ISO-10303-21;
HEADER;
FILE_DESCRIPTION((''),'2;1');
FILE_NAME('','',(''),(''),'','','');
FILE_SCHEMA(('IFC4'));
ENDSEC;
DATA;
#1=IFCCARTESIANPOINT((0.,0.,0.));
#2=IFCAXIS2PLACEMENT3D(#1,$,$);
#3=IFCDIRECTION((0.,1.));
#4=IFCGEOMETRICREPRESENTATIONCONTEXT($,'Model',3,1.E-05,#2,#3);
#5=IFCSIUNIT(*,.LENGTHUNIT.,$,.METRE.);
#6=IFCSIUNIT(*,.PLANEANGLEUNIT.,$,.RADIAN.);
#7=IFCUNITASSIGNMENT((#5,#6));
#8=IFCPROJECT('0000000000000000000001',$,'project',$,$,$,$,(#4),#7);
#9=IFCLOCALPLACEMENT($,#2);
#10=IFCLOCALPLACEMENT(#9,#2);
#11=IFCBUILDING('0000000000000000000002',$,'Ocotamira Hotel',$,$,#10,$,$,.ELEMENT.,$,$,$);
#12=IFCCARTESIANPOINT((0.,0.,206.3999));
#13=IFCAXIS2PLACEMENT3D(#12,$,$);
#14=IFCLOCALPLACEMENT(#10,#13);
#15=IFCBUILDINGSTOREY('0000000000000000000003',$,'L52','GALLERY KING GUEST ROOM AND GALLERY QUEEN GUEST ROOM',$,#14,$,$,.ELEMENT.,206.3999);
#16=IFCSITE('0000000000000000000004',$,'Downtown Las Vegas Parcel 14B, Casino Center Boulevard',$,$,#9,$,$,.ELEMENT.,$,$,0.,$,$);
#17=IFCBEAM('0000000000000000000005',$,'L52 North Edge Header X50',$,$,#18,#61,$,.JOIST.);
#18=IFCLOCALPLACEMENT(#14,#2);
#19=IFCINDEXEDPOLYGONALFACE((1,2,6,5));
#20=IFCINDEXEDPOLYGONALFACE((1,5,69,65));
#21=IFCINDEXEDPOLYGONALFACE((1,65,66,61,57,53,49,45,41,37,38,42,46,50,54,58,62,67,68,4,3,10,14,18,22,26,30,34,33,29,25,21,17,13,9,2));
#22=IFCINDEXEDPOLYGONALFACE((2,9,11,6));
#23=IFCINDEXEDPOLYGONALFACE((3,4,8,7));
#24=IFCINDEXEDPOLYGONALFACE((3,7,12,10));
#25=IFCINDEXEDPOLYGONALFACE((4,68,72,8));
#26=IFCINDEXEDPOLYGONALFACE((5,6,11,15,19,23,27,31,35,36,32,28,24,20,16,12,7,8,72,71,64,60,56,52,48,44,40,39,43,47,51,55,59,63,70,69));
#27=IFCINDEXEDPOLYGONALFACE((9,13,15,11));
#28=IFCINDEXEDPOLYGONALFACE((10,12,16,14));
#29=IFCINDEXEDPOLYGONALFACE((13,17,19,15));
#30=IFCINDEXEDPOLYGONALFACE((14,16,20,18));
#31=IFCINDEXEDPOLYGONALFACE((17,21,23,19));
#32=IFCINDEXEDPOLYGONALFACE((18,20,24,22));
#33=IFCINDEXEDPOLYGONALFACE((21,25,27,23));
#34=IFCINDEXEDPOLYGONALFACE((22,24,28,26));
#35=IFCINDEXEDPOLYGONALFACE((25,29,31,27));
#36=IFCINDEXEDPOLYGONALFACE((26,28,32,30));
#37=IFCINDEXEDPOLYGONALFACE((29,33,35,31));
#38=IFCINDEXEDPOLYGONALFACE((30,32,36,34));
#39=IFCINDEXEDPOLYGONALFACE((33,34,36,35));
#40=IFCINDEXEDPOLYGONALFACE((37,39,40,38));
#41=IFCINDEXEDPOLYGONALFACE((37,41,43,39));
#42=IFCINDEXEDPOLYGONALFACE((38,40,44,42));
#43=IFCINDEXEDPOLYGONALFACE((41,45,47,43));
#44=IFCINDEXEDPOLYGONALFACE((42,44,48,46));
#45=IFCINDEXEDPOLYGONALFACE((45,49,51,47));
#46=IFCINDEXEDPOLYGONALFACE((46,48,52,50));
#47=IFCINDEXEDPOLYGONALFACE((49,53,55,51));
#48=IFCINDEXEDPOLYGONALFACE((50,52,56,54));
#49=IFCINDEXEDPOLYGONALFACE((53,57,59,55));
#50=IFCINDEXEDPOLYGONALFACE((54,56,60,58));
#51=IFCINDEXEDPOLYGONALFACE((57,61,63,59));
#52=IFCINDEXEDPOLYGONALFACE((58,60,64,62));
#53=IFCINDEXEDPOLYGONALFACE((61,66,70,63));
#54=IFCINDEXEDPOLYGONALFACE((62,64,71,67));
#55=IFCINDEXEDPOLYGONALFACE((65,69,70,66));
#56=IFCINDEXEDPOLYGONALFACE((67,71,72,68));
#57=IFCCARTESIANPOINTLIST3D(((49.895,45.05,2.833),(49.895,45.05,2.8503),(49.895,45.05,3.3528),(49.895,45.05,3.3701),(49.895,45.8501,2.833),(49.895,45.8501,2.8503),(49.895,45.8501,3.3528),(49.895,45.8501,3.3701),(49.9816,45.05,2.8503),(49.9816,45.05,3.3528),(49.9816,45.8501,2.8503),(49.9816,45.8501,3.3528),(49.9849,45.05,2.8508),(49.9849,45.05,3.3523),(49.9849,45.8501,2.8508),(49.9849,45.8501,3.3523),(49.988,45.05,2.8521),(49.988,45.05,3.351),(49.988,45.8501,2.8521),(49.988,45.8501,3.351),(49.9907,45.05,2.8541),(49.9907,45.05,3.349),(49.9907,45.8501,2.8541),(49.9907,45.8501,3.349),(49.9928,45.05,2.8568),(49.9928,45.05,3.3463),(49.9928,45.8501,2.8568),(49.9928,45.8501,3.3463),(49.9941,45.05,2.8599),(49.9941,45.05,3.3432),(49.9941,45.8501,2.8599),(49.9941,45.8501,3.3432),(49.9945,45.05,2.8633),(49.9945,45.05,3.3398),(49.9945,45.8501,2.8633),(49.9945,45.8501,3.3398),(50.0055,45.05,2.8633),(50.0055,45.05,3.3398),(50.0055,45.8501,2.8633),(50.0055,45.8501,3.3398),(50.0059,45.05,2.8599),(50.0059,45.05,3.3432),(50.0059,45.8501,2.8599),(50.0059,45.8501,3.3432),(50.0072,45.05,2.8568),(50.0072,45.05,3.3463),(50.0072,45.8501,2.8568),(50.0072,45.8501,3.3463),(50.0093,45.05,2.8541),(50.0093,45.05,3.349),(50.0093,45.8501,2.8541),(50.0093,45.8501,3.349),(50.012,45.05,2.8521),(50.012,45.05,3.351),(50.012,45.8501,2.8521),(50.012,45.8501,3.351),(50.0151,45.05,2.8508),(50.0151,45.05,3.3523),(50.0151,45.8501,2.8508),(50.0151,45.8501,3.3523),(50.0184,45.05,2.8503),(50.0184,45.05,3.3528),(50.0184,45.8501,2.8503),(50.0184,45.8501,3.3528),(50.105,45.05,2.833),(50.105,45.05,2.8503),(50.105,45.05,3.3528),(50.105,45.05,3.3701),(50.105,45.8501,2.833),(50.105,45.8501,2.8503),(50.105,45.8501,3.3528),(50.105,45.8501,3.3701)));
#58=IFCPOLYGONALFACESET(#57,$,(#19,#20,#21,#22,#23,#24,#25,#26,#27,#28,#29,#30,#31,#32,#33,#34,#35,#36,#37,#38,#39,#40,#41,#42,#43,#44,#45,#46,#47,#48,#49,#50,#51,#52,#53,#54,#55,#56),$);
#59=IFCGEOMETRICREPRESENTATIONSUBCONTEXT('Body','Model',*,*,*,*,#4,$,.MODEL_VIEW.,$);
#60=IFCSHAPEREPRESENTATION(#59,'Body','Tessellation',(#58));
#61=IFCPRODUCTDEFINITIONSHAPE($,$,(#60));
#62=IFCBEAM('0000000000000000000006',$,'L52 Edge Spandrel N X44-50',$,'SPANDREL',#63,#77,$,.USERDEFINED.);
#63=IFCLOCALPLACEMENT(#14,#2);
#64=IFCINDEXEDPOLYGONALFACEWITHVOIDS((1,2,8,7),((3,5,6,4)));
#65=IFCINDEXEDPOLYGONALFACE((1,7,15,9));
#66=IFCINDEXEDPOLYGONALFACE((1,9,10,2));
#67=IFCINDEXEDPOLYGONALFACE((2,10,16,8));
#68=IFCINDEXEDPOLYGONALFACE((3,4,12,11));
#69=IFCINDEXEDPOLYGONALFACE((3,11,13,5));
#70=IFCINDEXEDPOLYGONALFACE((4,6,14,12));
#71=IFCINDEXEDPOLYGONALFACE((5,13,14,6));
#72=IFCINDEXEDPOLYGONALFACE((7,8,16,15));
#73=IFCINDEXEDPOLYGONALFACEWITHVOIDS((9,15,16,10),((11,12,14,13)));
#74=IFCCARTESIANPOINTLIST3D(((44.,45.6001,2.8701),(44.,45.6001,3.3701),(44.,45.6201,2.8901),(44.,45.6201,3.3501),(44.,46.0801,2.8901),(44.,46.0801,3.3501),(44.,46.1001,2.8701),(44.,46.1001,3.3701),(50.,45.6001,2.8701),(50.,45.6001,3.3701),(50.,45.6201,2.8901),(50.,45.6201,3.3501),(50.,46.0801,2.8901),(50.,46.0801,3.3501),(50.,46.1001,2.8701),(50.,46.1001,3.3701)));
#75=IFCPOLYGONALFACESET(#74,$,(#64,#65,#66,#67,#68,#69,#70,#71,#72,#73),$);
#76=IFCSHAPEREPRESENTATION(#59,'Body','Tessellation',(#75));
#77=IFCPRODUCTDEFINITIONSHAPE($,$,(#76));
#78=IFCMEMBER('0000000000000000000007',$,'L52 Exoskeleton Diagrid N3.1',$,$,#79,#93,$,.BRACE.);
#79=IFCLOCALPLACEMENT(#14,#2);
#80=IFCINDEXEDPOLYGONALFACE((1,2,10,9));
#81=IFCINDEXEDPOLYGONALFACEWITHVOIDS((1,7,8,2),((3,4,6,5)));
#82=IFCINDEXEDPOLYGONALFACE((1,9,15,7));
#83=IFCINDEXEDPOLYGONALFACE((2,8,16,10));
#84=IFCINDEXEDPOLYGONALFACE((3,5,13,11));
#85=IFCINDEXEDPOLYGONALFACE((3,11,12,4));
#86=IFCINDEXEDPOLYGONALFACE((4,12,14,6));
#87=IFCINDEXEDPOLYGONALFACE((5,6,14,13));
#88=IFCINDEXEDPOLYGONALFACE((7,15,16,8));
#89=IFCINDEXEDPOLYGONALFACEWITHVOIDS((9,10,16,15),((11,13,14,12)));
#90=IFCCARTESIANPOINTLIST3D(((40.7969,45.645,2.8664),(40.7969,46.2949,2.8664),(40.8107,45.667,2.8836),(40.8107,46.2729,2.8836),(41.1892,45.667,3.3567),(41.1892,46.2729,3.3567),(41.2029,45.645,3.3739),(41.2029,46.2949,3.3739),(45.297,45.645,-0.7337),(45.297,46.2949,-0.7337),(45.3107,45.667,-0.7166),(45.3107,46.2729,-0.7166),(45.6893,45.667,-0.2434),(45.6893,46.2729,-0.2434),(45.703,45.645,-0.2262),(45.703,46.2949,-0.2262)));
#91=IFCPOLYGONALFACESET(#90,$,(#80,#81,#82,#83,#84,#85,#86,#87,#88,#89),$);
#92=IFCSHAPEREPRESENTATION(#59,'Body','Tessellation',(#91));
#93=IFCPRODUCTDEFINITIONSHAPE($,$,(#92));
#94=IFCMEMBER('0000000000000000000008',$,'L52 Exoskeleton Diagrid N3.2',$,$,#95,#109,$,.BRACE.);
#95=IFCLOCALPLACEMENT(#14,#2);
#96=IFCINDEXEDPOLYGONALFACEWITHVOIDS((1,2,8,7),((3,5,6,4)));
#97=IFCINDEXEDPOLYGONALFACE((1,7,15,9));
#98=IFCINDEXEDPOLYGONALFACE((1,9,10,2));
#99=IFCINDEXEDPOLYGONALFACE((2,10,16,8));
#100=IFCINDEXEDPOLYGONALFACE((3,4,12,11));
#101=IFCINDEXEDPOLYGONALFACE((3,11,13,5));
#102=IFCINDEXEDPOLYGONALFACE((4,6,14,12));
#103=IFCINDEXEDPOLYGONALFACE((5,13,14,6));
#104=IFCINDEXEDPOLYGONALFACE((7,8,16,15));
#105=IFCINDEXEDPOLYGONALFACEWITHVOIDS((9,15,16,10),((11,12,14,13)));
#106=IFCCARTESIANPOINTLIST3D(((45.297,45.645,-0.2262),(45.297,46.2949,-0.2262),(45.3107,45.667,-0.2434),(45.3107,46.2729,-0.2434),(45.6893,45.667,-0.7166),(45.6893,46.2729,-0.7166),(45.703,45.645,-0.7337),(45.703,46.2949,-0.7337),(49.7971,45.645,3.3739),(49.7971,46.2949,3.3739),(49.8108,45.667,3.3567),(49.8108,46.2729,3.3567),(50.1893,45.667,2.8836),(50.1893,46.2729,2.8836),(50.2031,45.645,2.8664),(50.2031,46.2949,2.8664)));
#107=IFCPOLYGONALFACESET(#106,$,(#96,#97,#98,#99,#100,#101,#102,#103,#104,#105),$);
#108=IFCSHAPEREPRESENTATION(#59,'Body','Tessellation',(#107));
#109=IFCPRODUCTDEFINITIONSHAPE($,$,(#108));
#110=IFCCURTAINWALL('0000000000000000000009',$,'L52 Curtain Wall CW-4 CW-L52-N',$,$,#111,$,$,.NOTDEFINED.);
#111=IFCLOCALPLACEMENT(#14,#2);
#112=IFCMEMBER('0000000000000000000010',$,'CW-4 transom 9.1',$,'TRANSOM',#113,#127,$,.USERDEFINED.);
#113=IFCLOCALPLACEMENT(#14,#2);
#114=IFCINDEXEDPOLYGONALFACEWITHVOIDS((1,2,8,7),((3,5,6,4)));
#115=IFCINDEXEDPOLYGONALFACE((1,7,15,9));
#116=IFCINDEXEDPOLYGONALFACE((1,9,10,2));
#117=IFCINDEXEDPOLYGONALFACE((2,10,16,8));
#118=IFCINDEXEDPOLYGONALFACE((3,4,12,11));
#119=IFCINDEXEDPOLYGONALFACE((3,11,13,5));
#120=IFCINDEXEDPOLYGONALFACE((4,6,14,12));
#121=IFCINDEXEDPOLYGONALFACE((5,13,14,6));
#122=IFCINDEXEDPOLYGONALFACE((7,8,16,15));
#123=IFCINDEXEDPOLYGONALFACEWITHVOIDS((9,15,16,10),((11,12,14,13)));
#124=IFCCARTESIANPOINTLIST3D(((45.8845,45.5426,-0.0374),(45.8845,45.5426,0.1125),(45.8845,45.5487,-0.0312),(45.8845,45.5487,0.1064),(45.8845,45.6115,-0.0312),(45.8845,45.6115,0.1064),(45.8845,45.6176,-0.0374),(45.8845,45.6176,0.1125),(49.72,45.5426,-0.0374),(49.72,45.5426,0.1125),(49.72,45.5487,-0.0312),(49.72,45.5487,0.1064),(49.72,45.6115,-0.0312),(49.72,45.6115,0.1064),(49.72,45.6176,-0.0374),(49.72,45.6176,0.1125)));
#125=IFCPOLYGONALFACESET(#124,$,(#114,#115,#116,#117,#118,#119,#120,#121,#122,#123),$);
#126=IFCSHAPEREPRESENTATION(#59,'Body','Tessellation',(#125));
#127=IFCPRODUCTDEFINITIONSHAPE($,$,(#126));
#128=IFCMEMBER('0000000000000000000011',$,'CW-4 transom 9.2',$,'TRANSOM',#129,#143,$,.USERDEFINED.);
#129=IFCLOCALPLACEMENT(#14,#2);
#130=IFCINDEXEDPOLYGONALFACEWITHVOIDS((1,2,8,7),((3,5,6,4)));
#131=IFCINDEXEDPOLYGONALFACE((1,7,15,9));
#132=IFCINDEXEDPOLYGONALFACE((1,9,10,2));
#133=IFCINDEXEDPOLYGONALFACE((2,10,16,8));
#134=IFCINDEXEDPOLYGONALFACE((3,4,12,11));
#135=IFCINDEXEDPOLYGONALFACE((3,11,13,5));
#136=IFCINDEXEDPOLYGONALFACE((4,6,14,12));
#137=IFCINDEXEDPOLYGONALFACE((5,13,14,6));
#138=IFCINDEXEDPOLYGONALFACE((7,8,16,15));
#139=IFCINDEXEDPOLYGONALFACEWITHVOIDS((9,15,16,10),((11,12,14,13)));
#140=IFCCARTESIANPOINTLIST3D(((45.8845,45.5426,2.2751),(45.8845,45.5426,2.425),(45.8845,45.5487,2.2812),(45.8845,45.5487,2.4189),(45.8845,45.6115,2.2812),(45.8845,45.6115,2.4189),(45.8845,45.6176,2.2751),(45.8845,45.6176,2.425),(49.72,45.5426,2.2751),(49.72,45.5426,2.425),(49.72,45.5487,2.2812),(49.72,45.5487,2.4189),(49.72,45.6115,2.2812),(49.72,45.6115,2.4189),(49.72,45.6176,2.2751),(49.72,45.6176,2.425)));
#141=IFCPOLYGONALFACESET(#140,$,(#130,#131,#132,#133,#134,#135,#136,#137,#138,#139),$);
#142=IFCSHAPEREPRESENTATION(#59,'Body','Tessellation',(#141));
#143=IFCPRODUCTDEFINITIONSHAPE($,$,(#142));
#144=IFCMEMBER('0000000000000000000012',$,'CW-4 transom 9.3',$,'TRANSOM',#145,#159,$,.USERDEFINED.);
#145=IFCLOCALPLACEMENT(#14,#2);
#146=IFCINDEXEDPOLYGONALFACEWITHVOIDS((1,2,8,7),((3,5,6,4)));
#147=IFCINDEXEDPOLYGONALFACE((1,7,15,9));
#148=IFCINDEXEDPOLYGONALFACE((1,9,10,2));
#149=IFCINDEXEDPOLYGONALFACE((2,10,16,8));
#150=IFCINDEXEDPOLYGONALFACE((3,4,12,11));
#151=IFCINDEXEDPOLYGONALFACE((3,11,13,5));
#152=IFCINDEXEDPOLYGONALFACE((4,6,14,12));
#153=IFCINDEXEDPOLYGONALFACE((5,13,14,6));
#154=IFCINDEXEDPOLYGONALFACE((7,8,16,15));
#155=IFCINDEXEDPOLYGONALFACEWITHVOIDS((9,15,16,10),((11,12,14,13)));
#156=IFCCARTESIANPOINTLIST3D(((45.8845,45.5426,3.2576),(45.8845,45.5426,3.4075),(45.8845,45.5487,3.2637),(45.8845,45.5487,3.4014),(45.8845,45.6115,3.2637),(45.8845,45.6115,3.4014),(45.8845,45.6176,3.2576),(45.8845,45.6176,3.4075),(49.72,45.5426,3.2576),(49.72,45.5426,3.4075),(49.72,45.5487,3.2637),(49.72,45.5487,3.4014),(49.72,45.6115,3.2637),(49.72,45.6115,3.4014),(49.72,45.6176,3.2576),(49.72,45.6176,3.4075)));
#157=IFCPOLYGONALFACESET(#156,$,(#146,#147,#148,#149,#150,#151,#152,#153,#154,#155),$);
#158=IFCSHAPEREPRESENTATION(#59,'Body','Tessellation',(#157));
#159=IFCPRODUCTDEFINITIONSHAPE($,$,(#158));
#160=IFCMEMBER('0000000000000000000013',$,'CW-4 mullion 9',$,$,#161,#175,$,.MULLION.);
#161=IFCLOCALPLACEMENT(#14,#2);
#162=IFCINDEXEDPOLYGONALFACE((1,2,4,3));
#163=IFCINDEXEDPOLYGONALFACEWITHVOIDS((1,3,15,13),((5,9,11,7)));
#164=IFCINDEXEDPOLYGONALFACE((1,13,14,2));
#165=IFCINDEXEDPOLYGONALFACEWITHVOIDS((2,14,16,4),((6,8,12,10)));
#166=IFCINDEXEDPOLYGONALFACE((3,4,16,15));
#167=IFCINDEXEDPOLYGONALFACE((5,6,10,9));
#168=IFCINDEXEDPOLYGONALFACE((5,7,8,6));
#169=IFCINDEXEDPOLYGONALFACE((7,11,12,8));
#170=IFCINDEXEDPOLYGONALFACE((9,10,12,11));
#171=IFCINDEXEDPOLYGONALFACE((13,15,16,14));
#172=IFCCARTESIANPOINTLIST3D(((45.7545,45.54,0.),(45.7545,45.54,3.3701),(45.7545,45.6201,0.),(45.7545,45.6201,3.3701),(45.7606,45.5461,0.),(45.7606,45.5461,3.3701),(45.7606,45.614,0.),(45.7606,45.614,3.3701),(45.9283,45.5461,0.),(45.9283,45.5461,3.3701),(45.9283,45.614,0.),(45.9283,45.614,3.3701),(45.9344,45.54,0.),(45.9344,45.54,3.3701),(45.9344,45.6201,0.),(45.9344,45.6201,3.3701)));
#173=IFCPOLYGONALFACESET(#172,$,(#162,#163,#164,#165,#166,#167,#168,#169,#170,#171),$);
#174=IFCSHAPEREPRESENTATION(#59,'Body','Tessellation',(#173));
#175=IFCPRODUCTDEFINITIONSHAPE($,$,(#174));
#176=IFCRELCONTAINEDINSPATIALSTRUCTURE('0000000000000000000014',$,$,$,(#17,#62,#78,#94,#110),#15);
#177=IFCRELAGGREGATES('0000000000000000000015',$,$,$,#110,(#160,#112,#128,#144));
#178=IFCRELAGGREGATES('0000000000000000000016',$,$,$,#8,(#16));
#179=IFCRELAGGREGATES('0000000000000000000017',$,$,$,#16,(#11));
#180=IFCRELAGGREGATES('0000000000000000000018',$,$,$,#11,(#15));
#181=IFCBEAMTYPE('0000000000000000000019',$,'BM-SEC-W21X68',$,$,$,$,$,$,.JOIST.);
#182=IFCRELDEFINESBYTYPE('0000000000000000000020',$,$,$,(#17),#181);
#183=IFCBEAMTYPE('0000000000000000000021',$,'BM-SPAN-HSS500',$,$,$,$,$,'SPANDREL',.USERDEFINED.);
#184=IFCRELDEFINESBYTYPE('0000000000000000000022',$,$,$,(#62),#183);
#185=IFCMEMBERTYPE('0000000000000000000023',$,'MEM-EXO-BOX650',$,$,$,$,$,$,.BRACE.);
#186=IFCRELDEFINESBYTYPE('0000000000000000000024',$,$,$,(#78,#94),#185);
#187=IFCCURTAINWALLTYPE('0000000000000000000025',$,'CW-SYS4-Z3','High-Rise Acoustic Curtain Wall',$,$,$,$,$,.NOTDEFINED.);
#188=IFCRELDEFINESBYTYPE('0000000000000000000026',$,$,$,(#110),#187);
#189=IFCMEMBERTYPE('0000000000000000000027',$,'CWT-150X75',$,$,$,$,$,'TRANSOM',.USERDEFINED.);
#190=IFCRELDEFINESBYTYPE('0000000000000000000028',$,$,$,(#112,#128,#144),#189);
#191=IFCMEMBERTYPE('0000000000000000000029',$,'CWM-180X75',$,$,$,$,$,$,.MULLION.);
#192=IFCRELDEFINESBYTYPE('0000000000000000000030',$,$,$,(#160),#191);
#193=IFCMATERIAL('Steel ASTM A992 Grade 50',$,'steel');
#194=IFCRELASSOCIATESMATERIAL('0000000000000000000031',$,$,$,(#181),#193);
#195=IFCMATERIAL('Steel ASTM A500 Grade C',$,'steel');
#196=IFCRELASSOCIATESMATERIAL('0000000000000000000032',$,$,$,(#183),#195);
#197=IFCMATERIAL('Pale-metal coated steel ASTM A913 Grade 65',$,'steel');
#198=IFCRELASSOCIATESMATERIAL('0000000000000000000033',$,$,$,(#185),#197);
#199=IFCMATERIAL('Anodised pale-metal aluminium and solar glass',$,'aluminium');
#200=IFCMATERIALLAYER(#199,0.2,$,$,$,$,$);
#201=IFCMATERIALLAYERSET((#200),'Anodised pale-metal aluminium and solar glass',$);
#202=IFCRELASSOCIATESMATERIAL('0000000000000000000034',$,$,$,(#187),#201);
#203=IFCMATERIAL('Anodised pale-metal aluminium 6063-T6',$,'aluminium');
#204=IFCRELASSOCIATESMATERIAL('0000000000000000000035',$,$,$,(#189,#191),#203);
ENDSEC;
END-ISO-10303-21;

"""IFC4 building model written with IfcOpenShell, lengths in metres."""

from ifc_helpers import new_model, si_unit, direction, frame, origin, origin_2d, place, context, subcontext, project, spatial, hollow_rectangle, i_section, extrude, source, transform, mapped, material, layer, layer_set, material_profile, profile_set, type_object, element, aggregate, save


model = new_model("IFC4")

# Units and contexts
model_context = context("Model", 3, precision=1e-05, world=origin(), true_north=direction((0.0, 1.0)))
body_context = subcontext(model_context, "Body", "Model", "MODEL_VIEW")
ifc_project = project(units=[si_unit("LENGTHUNIT", "METRE"), si_unit("PLANEANGLEUNIT", "RADIAN")], contexts=[model_context])

# Site, building, storey
site_placement = place(None, origin())
site = spatial("IfcSite", under=ifc_project, at=site_placement, Name="Downtown Las Vegas Parcel 14B, Casino Center Boulevard", CompositionType="ELEMENT", RefElevation=0.0)
building_placement = place(site_placement, origin())
building = spatial("IfcBuilding", under=site, at=building_placement, Name="Ocotamira Hotel", CompositionType="ELEMENT")
storey_placement = place(building_placement, frame((0.0, 0.0, 206.3999)))
storey = spatial("IfcBuildingStorey", under=building, at=storey_placement, Name="L52", Description="GALLERY KING GUEST ROOM AND GALLERY QUEEN GUEST ROOM", CompositionType="ELEMENT", Elevation=206.3999)

# Beams
ifc_material_1 = material(Name="Steel ASTM A992 Grade 50", Category="steel")
ifc_material_profile_1 = material_profile(ifc_material_1, i_section(OverallWidth=0.21, OverallDepth=0.5371, WebThickness=0.011, FlangeThickness=0.0173, FilletRadius=0.0129, at=origin_2d()), Name="W21X68")
ifc_profile_set_1 = profile_set([ifc_material_profile_1], Name="Steel ASTM A992 Grade 50")
beam_type_1 = type_object("IfcBeamType", Name="BM-SEC-W21X68", PredefinedType="JOIST", material=ifc_profile_set_1)
shared_shape_1 = source(origin(), body_context, "Body", "SweptSolid", [
    extrude(i_section(OverallWidth=0.21, OverallDepth=0.5371, WebThickness=0.011, FlangeThickness=0.0173, FilletRadius=0.0129, at=origin_2d()), origin(), (0.0, 0.0, 1.0), 0.8),
])
for number, where, z_axis, x_axis, name in (
    (1, (50.0, 45.05, 3.1016), (0.0, 1.0, 0.0), (-1.0, 0.0, 0.0), "L52 North Edge Header X50"),
):
    element("IfcBeam", number, at=place(storey_placement, frame(where, z_axis=z_axis, x_axis=x_axis)), inside=storey, type_object=beam_type_1, Name=name, PredefinedType="JOIST", context=body_context, shape_type="MappedRepresentation", body=[
        mapped(shared_shape_1, transform((0.0, 0.0, 0.0), scale=1.0)),
    ])
ifc_material_2 = material(Name="Steel ASTM A500 Grade C", Category="steel")
ifc_material_profile_2 = material_profile(ifc_material_2, hollow_rectangle(XDim=0.5, YDim=0.5, WallThickness=0.02, at=origin_2d()), Name="HSS500X500X20")
ifc_profile_set_2 = profile_set([ifc_material_profile_2], Name="Steel ASTM A500 Grade C")
beam_type_2 = type_object("IfcBeamType", Name="BM-SPAN-HSS500", ElementType="SPANDREL", PredefinedType="USERDEFINED", material=ifc_profile_set_2)
shared_shape_2 = source(origin(), body_context, "Body", "SweptSolid", [
    extrude(hollow_rectangle(XDim=0.5, YDim=0.5, WallThickness=0.02, at=origin_2d()), origin(), (0.0, 0.0, 1.0), 6.0),
])
beam_1_placement = place(storey_placement, frame((44.0, 45.8501, 3.1201), z_axis=(1.0, 0.0, 0.0), x_axis=(0.0, 1.0, 0.0)))
element("IfcBeam", 2, at=beam_1_placement, inside=storey, type_object=beam_type_2, Name="L52 Edge Spandrel N X44-50", ObjectType="SPANDREL", PredefinedType="USERDEFINED", context=body_context, shape_type="MappedRepresentation", body=[
    mapped(shared_shape_2, transform((0.0, 0.0, 0.0), scale=1.0)),
])

# Members
ifc_material_3 = material(Name="Pale-metal coated steel ASTM A913 Grade 65", Category="steel")
ifc_material_profile_3 = material_profile(ifc_material_3, hollow_rectangle(XDim=0.6499, YDim=0.6499, WallThickness=0.022, at=origin_2d()), Name="BOX650X650X22")
ifc_profile_set_3 = profile_set([ifc_material_profile_3], Name="Pale-metal coated steel ASTM A913 Grade 65")
member_type_1 = type_object("IfcMemberType", Name="MEM-EXO-BOX650", PredefinedType="BRACE", material=ifc_profile_set_3)
shared_shape_3 = source(origin(), body_context, "Body", "SweptSolid", [
    extrude(hollow_rectangle(XDim=0.6499, YDim=0.6499, WallThickness=0.022, at=origin_2d()), origin(), (0.0, 0.0, 1.0), 5.7629),
])
for number, where, z_axis, x_axis, name in (
    (3, (45.5, 45.97, -0.48), (-0.780861, 0.0, 0.624705), (0.0, -1.0, 0.0), "L52 Exoskeleton Diagrid N3.1"),
    (4, (45.5, 45.97, -0.48), (0.780861, 0.0, 0.624705), (0.0, 1.0, 0.0), "L52 Exoskeleton Diagrid N3.2"),
):
    element("IfcMember", number, at=place(storey_placement, frame(where, z_axis=z_axis, x_axis=x_axis)), inside=storey, type_object=member_type_1, Name=name, PredefinedType="BRACE", context=body_context, shape_type="MappedRepresentation", body=[
        mapped(shared_shape_3, transform((0.0, 0.0, 0.0), scale=1.0)),
    ])

# Curtain wall, members
ifc_material_4 = material(Name="Anodised pale-metal aluminium and solar glass", Category="aluminium")
ifc_layer_1 = layer(ifc_material_4, 0.2)
ifc_layer_set_1 = layer_set([ifc_layer_1], Name="Anodised pale-metal aluminium and solar glass")
curtain_wall_type = type_object("IfcCurtainWallType", Name="CW-SYS4-Z3", Description="High-Rise Acoustic Curtain Wall", PredefinedType="NOTDEFINED", material=ifc_layer_set_1)
curtain_wall_1_placement = place(storey_placement, origin())
curtain_wall_1 = element("IfcCurtainWall", 5, at=curtain_wall_1_placement, inside=storey, type_object=curtain_wall_type, Name="L52 Curtain Wall CW-4 CW-L52-N", PredefinedType="NOTDEFINED")
ifc_material_5 = material(Name="Anodised pale-metal aluminium 6063-T6", Category="aluminium")
ifc_material_profile_4 = material_profile(ifc_material_5, hollow_rectangle(XDim=0.075, YDim=0.1499, WallThickness=0.0061, at=origin_2d()), Name="HSS150X75X6")
ifc_profile_set_4 = profile_set([ifc_material_profile_4], Name="Anodised pale-metal aluminium 6063-T6")
member_type_2 = type_object("IfcMemberType", Name="CWT-150X75", ElementType="TRANSOM", PredefinedType="USERDEFINED", material=ifc_profile_set_4)
shared_shape_4 = source(origin(), body_context, "Body", "SweptSolid", [
    extrude(hollow_rectangle(XDim=0.075, YDim=0.1499, WallThickness=0.0061, at=origin_2d()), origin(), (0.0, 0.0, 1.0), 3.8354),
])
member_1_placement = place(storey_placement, frame((45.8845, 45.5801, 0.0376), z_axis=(1.0, 0.0, 0.0), x_axis=(0.0, 1.0, 0.0)))
member_1 = element("IfcMember", 6, at=member_1_placement, type_object=member_type_2, Name="CW-4 transom 9.1", ObjectType="TRANSOM", PredefinedType="USERDEFINED", context=body_context, shape_type="MappedRepresentation", body=[
    mapped(shared_shape_4, transform((0.0, 0.0, 0.0), scale=1.0)),
])
member_2_placement = place(storey_placement, frame((45.8845, 45.5801, 2.3501), z_axis=(1.0, 0.0, 0.0), x_axis=(0.0, 1.0, 0.0)))
member_2 = element("IfcMember", 7, at=member_2_placement, type_object=member_type_2, Name="CW-4 transom 9.2", ObjectType="TRANSOM", PredefinedType="USERDEFINED", context=body_context, shape_type="MappedRepresentation", body=[
    mapped(shared_shape_4, transform((0.0, 0.0, 0.0), scale=1.0)),
])
member_3_placement = place(storey_placement, frame((45.8845, 45.5801, 3.3325), z_axis=(1.0, 0.0, 0.0), x_axis=(0.0, 1.0, 0.0)))
member_3 = element("IfcMember", 8, at=member_3_placement, type_object=member_type_2, Name="CW-4 transom 9.3", ObjectType="TRANSOM", PredefinedType="USERDEFINED", context=body_context, shape_type="MappedRepresentation", body=[
    mapped(shared_shape_4, transform((0.0, 0.0, 0.0), scale=1.0)),
])
ifc_material_profile_5 = material_profile(ifc_material_5, hollow_rectangle(XDim=0.0801, YDim=0.1799, WallThickness=0.0061, at=origin_2d()), Name="HSS180X80X6")
ifc_profile_set_5 = profile_set([ifc_material_profile_5], Name="Anodised pale-metal aluminium 6063-T6")
member_type_3 = type_object("IfcMemberType", Name="CWM-180X75", PredefinedType="MULLION", material=ifc_profile_set_5)
shared_shape_5 = source(origin(), body_context, "Body", "SweptSolid", [
    extrude(hollow_rectangle(XDim=0.0801, YDim=0.1799, WallThickness=0.0061, at=origin_2d()), origin(), (0.0, 0.0, 1.0), 3.3701),
])
member_4_placement = place(storey_placement, frame((45.8445, 45.5801, 0.0), z_axis=(0.0, 0.0, 1.0), x_axis=(0.0, 1.0, 0.0)))
member_4 = element("IfcMember", 9, at=member_4_placement, type_object=member_type_3, Name="CW-4 mullion 9", PredefinedType="MULLION", context=body_context, shape_type="MappedRepresentation", body=[
    mapped(shared_shape_5, transform((0.0, 0.0, 0.0), scale=1.0)),
])

aggregate(curtain_wall_1, [member_4, member_1, member_2, member_3])

save(model, "model.ifc")
